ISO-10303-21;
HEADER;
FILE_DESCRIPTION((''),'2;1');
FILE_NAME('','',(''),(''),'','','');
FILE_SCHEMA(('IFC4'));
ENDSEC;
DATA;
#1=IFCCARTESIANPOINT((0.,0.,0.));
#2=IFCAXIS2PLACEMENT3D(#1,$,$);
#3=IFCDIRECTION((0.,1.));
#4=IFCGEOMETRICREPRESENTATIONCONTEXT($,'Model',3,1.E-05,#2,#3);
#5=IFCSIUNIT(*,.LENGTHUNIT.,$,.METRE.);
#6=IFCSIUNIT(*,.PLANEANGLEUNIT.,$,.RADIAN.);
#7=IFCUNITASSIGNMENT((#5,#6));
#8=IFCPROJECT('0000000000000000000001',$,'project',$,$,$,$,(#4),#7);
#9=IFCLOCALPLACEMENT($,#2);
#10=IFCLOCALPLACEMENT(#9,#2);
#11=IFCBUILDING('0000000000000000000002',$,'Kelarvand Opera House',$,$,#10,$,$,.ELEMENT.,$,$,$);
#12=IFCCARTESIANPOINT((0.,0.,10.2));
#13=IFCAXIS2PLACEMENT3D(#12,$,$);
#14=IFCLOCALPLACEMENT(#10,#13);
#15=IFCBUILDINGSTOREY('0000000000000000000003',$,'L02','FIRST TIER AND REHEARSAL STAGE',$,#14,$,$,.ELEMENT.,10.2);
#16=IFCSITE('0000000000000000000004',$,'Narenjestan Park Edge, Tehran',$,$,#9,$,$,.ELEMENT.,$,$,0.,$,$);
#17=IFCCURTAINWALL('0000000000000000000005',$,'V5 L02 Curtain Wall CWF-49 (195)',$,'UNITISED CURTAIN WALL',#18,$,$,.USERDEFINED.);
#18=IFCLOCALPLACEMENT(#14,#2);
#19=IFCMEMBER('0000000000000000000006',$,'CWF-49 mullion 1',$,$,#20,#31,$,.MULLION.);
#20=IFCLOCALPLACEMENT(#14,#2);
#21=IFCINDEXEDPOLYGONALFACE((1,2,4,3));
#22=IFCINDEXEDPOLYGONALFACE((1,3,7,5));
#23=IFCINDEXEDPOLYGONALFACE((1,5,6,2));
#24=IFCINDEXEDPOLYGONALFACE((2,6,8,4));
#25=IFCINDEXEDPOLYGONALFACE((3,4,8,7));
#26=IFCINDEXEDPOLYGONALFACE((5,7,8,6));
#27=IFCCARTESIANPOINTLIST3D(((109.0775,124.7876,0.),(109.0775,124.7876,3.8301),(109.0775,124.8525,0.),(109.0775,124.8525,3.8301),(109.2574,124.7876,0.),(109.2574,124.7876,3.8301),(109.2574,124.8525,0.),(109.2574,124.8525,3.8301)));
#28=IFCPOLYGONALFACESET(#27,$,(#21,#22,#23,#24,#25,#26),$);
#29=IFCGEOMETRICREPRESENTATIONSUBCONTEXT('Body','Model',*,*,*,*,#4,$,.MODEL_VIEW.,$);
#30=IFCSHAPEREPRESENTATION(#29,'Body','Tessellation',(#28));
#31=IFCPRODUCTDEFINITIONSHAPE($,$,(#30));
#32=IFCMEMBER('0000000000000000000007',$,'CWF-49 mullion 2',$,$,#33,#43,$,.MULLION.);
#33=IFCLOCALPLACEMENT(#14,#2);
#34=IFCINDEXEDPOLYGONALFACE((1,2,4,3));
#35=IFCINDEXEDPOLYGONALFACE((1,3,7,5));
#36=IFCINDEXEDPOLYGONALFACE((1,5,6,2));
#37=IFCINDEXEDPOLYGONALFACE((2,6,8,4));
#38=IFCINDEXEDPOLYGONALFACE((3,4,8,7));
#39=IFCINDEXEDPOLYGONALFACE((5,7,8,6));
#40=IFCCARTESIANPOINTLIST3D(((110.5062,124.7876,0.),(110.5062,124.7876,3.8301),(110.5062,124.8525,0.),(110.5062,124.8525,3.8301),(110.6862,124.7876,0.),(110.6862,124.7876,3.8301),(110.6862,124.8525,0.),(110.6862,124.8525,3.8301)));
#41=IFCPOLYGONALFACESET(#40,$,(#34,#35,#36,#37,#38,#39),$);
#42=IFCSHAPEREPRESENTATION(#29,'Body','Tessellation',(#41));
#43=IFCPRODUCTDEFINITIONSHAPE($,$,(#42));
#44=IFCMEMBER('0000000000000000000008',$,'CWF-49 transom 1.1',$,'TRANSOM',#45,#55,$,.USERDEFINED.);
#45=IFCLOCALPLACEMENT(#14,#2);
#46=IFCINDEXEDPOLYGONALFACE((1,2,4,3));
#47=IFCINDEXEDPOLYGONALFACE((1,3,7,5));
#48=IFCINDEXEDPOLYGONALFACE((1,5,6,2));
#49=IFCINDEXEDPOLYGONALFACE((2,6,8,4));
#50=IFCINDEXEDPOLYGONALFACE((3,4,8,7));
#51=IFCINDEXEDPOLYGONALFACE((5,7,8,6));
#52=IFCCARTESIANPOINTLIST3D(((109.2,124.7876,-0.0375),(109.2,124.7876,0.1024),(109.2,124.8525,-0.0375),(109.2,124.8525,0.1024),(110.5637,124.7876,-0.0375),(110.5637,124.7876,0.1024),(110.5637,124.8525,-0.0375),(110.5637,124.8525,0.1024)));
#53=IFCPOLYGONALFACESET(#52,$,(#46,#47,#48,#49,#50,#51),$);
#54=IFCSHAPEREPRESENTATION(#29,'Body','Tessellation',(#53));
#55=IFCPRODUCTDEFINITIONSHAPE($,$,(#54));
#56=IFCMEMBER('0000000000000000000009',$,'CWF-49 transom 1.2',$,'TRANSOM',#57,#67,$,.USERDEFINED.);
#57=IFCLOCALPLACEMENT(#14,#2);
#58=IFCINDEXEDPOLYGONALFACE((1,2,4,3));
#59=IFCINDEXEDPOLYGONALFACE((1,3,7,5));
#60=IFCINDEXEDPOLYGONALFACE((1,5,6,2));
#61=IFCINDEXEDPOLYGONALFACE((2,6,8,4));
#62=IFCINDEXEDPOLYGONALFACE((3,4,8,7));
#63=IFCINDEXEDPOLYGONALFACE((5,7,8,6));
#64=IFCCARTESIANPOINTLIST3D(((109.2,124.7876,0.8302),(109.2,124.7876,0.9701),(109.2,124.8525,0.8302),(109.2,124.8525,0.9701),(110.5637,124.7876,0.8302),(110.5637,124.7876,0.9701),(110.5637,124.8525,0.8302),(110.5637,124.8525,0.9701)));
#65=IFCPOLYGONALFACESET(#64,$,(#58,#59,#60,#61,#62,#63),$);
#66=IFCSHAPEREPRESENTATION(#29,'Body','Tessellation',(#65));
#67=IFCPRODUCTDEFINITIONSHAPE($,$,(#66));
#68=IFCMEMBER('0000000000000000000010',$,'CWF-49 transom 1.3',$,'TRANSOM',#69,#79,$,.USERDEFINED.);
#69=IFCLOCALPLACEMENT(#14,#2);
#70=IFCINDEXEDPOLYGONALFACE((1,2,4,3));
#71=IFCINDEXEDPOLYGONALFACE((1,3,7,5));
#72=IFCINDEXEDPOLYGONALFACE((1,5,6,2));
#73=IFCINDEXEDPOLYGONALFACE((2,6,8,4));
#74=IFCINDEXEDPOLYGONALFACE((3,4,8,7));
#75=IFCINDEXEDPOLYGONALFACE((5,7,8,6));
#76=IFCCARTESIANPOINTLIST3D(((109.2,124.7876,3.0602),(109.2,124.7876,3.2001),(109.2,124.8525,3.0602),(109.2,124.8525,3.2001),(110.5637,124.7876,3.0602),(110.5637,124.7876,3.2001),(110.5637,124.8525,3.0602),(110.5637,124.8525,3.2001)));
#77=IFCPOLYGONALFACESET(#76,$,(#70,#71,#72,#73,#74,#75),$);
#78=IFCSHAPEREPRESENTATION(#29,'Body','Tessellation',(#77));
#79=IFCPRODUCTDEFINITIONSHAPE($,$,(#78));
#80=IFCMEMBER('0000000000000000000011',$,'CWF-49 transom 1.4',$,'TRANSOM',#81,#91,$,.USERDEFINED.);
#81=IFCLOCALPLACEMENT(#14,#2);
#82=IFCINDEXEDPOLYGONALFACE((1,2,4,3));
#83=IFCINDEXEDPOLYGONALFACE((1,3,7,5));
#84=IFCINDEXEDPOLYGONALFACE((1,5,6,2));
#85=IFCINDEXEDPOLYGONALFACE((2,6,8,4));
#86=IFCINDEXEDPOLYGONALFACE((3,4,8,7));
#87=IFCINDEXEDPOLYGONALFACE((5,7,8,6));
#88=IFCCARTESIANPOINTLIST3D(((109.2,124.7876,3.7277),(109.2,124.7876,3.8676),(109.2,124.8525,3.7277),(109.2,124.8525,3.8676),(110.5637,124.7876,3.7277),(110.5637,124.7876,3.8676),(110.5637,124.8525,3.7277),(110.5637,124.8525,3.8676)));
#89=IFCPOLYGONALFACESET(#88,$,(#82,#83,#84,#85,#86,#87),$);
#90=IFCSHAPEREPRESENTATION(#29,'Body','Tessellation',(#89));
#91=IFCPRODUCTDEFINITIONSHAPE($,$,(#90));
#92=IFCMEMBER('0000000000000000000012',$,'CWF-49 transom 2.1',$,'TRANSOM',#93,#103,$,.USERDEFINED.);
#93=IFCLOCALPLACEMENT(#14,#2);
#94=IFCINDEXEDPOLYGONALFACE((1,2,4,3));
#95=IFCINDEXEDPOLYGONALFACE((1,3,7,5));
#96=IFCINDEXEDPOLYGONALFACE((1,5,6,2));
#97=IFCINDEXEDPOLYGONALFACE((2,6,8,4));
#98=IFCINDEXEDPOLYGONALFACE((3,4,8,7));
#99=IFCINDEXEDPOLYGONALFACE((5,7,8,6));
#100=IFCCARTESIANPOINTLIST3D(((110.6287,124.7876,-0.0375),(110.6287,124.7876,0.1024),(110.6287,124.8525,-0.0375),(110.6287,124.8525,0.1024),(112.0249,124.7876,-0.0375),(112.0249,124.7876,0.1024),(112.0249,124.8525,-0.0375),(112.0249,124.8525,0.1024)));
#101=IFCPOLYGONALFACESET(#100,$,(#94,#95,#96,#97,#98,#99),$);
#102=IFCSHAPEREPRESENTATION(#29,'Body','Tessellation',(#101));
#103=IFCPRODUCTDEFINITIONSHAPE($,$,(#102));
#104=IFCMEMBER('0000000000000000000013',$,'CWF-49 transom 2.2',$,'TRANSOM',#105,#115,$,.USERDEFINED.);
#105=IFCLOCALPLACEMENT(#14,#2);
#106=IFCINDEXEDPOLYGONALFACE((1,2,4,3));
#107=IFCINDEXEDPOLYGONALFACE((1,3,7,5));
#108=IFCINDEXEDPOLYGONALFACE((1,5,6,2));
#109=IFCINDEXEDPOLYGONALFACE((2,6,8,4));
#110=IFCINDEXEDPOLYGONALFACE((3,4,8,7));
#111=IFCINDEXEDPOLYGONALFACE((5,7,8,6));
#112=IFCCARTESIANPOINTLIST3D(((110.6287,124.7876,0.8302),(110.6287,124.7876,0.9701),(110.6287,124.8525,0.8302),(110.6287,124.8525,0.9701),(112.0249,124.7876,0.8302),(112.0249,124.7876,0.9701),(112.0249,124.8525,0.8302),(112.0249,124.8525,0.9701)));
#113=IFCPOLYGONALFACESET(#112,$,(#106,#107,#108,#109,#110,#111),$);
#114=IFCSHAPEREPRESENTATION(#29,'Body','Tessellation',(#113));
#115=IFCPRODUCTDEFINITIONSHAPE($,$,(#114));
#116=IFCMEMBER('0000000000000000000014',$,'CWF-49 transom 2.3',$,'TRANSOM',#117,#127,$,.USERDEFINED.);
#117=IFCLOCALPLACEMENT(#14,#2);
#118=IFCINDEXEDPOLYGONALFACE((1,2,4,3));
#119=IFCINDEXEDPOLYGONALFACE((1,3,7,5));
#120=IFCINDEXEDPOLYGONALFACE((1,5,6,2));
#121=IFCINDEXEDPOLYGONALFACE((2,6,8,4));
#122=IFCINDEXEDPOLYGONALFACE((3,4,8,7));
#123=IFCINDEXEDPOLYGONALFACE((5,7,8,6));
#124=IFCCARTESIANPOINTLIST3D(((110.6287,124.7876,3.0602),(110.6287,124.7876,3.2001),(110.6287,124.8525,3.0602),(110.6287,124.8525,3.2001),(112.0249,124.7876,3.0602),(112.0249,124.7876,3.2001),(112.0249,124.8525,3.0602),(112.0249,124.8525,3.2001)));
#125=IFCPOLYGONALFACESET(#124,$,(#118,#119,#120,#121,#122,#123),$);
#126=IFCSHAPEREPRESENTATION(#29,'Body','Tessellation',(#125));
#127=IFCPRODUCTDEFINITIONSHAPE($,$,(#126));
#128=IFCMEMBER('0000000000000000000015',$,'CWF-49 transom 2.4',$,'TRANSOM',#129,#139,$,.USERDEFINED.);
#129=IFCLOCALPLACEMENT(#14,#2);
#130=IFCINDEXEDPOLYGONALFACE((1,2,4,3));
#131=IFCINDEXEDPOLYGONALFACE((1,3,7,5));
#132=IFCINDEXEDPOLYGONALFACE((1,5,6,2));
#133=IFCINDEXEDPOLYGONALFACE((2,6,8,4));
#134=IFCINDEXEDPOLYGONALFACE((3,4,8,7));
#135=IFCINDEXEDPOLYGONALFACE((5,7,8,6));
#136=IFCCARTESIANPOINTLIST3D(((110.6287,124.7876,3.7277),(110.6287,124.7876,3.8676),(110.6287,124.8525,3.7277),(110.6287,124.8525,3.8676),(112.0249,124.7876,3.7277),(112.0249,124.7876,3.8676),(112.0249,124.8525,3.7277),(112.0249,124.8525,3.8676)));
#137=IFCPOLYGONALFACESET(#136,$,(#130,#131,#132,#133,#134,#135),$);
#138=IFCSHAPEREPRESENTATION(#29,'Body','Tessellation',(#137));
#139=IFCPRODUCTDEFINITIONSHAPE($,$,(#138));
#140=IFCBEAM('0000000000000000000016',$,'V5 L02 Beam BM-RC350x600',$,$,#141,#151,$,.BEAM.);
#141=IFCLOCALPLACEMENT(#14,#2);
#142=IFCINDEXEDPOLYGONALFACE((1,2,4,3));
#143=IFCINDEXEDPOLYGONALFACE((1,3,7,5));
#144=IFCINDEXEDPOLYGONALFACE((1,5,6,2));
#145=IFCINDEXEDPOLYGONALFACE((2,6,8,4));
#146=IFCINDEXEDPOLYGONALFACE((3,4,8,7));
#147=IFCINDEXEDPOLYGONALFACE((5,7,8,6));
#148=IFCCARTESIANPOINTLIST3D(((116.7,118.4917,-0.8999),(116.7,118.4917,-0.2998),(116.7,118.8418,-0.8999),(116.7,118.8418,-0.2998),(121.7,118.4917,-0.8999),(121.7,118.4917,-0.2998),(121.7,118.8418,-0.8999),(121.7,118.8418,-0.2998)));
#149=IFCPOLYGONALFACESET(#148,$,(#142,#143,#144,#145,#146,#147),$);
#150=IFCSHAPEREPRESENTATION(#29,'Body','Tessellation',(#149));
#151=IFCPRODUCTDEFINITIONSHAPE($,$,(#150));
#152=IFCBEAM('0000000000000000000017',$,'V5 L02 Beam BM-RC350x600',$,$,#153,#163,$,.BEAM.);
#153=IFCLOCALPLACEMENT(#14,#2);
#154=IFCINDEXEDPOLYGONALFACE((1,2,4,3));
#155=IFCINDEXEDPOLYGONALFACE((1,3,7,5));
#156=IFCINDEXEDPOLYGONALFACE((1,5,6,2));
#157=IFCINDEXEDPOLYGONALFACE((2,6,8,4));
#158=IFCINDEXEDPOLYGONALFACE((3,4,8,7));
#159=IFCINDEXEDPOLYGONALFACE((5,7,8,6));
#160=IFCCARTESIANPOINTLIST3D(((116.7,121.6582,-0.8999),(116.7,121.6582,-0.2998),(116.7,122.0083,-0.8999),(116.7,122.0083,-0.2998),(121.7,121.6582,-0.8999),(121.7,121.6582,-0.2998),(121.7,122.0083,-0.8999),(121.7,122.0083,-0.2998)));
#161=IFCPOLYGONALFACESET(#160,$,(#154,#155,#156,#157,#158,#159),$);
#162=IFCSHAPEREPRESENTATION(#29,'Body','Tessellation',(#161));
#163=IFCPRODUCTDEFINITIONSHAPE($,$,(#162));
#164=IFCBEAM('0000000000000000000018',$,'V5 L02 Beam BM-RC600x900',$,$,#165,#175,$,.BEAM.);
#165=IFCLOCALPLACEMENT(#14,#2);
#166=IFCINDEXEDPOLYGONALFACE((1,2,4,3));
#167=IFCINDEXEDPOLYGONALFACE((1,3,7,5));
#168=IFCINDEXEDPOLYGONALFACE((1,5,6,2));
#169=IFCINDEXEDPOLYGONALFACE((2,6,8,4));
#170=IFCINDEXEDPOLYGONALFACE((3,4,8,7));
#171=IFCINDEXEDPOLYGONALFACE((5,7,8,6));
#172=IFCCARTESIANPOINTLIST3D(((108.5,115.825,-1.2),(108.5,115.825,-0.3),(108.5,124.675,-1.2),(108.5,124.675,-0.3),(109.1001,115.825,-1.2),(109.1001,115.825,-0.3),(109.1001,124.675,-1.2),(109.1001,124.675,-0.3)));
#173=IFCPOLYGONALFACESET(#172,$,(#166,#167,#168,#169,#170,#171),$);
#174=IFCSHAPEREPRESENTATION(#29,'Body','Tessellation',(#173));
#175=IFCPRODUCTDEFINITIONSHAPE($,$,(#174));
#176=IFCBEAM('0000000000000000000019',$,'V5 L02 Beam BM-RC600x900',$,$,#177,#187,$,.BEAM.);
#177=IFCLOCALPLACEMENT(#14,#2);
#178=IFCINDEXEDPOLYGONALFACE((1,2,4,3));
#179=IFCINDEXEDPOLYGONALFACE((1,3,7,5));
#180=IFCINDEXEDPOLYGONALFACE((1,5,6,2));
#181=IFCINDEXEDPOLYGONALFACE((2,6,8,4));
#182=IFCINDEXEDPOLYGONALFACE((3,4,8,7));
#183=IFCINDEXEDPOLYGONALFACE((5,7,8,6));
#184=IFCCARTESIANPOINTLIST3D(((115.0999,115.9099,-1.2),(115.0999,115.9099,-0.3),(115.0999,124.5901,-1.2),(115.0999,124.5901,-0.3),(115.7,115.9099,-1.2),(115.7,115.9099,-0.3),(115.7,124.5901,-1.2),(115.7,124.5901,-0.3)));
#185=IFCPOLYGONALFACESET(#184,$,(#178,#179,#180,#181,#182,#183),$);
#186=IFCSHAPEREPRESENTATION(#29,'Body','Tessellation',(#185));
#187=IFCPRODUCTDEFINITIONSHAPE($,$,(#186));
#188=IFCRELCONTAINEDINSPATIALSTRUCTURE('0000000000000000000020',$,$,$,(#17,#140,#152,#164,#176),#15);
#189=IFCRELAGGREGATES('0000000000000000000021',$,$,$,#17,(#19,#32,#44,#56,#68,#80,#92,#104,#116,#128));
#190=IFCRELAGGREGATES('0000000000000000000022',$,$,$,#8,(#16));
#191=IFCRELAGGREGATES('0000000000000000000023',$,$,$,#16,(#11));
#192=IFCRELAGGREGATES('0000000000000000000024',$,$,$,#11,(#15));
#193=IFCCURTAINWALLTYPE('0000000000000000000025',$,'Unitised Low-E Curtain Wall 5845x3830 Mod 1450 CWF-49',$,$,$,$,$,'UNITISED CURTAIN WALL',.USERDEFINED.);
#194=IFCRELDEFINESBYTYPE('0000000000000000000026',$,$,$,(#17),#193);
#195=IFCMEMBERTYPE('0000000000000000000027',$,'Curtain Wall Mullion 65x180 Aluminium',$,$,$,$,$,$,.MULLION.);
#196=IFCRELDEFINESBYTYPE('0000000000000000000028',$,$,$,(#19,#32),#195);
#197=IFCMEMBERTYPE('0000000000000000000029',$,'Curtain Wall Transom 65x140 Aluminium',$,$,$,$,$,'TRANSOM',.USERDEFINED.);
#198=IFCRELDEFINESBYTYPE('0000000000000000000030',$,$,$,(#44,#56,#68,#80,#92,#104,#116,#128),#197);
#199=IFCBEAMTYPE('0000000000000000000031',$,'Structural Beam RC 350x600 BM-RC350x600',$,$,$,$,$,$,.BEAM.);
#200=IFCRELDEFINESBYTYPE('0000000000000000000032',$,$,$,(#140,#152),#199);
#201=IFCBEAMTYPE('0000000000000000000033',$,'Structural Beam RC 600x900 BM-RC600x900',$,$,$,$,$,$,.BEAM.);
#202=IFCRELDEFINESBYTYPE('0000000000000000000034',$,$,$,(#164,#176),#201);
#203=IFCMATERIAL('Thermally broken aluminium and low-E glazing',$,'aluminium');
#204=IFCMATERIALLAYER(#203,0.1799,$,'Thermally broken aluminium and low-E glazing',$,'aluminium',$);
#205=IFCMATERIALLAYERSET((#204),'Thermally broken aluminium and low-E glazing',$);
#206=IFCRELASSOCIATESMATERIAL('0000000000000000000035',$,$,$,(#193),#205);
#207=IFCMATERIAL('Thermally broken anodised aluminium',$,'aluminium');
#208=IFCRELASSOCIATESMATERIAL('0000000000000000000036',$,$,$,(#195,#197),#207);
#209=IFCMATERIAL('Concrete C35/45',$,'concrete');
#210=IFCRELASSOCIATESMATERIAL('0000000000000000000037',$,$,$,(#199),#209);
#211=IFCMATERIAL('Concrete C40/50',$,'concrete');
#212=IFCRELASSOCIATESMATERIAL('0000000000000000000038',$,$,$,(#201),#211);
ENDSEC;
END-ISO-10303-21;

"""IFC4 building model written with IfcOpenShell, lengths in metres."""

from ifc_helpers import new_model, si_unit, direction, frame, origin, origin_2d, place, context, subcontext, project, spatial, rectangle, extrude, material, layer, layer_set, material_profile, profile_set, type_object, element, aggregate, save


model = new_model("IFC4")

# Units and contexts
model_context = context("Model", 3, precision=1e-05, world=origin(), true_north=direction((0.0, 1.0)))
body_context = subcontext(model_context, "Body", "Model", "MODEL_VIEW")
ifc_project = project(units=[si_unit("LENGTHUNIT", "METRE"), si_unit("PLANEANGLEUNIT", "RADIAN")], contexts=[model_context])

# Site, building, storey
site_placement = place(None, origin())
site = spatial("IfcSite", under=ifc_project, at=site_placement, Name="Narenjestan Park Edge, Tehran", CompositionType="ELEMENT", RefElevation=0.0)
building_placement = place(site_placement, origin())
building = spatial("IfcBuilding", under=site, at=building_placement, Name="Kelarvand Opera House", CompositionType="ELEMENT")
storey_placement = place(building_placement, frame((0.0, 0.0, 10.2)))
storey = spatial("IfcBuildingStorey", under=building, at=storey_placement, Name="L02", Description="FIRST TIER AND REHEARSAL STAGE", CompositionType="ELEMENT", Elevation=10.2)

# Curtain wall, members
ifc_material_1 = material(Name="Thermally broken aluminium and low-E glazing", Category="aluminium")
ifc_layer_1 = layer(ifc_material_1, 0.1799, Name="Thermally broken aluminium and low-E glazing", Category="aluminium")
ifc_layer_set_1 = layer_set([ifc_layer_1], Name="Thermally broken aluminium and low-E glazing")
curtain_wall_type = type_object("IfcCurtainWallType", Name="Unitised Low-E Curtain Wall 5845x3830 Mod 1450 CWF-49", ElementType="UNITISED CURTAIN WALL", PredefinedType="USERDEFINED", material=ifc_layer_set_1)
curtain_wall_placement = place(storey_placement, origin())
curtain_wall = element("IfcCurtainWall", 1, at=curtain_wall_placement, inside=storey, type_object=curtain_wall_type, Name="V5 L02 Curtain Wall CWF-49 (195)", ObjectType="UNITISED CURTAIN WALL", PredefinedType="USERDEFINED")
ifc_material_2 = material(Name="Thermally broken anodised aluminium", Category="aluminium")
ifc_material_profile_1 = material_profile(ifc_material_2, rectangle(XDim=0.0649, YDim=0.1799, at=origin_2d()), Name="ALU MULLION 65x180", Category="aluminium")
ifc_profile_set_1 = profile_set([ifc_material_profile_1], Name="Thermally broken anodised aluminium")
member_type_1 = type_object("IfcMemberType", Name="Curtain Wall Mullion 65x180 Aluminium", PredefinedType="MULLION", material=ifc_profile_set_1)
member_1_placement = place(storey_placement, frame((109.1675, 124.8201, 0.0), z_axis=(0.0, 0.0, 1.0), x_axis=(0.0, 1.0, 0.0)))
member_1 = element("IfcMember", 2, at=member_1_placement, type_object=member_type_1, Name="CWF-49 mullion 1", PredefinedType="MULLION", context=body_context, shape_type="SweptSolid", body=[
    extrude(rectangle(XDim=0.0649, YDim=0.1799, at=origin_2d()), origin(), (0.0, 0.0, 1.0), 3.8301),
])
member_2_placement = place(storey_placement, frame((110.5962, 124.8201, 0.0), z_axis=(0.0, 0.0, 1.0), x_axis=(0.0, 1.0, 0.0)))
member_2 = element("IfcMember", 3, at=member_2_placement, type_object=member_type_1, Name="CWF-49 mullion 2", PredefinedType="MULLION", context=body_context, shape_type="SweptSolid", body=[
    extrude(rectangle(XDim=0.0649, YDim=0.1799, at=origin_2d()), origin(), (0.0, 0.0, 1.0), 3.8301),
])
ifc_material_profile_2 = material_profile(ifc_material_2, rectangle(XDim=0.0649, YDim=0.1399, at=origin_2d()), Name="ALU TRANSOM 65x140", Category="aluminium")
ifc_profile_set_2 = profile_set([ifc_material_profile_2], Name="Thermally broken anodised aluminium")
member_type_2 = type_object("IfcMemberType", Name="Curtain Wall Transom 65x140 Aluminium", ElementType="TRANSOM", PredefinedType="USERDEFINED", material=ifc_profile_set_2)
member_3_placement = place(storey_placement, frame((109.2, 124.8201, 0.0325), z_axis=(1.0, 0.0, 0.0), x_axis=(0.0, 1.0, 0.0)))
member_3 = element("IfcMember", 4, at=member_3_placement, type_object=member_type_2, Name="CWF-49 transom 1.1", ObjectType="TRANSOM", PredefinedType="USERDEFINED", context=body_context, shape_type="SweptSolid", body=[
    extrude(rectangle(XDim=0.0649, YDim=0.1399, at=origin_2d()), origin(), (0.0, 0.0, 1.0), 1.3638),
])
member_4_placement = place(storey_placement, frame((109.2, 124.8201, 0.9001), z_axis=(1.0, 0.0, 0.0), x_axis=(0.0, 1.0, 0.0)))
member_4 = element("IfcMember", 5, at=member_4_placement, type_object=member_type_2, Name="CWF-49 transom 1.2", ObjectType="TRANSOM", PredefinedType="USERDEFINED", context=body_context, shape_type="SweptSolid", body=[
    extrude(rectangle(XDim=0.0649, YDim=0.1399, at=origin_2d()), origin(), (0.0, 0.0, 1.0), 1.3638),
])
member_5_placement = place(storey_placement, frame((109.2, 124.8201, 3.1301), z_axis=(1.0, 0.0, 0.0), x_axis=(0.0, 1.0, 0.0)))
member_5 = element("IfcMember", 6, at=member_5_placement, type_object=member_type_2, Name="CWF-49 transom 1.3", ObjectType="TRANSOM", PredefinedType="USERDEFINED", context=body_context, shape_type="SweptSolid", body=[
    extrude(rectangle(XDim=0.0649, YDim=0.1399, at=origin_2d()), origin(), (0.0, 0.0, 1.0), 1.3638),
])
member_6_placement = place(storey_placement, frame((109.2, 124.8201, 3.7976), z_axis=(1.0, 0.0, 0.0), x_axis=(0.0, 1.0, 0.0)))
member_6 = element("IfcMember", 7, at=member_6_placement, type_object=member_type_2, Name="CWF-49 transom 1.4", ObjectType="TRANSOM", PredefinedType="USERDEFINED", context=body_context, shape_type="SweptSolid", body=[
    extrude(rectangle(XDim=0.0649, YDim=0.1399, at=origin_2d()), origin(), (0.0, 0.0, 1.0), 1.3638),
])
member_7_placement = place(storey_placement, frame((110.6287, 124.8201, 0.0325), z_axis=(1.0, 0.0, 0.0), x_axis=(0.0, 1.0, 0.0)))
member_7 = element("IfcMember", 8, at=member_7_placement, type_object=member_type_2, Name="CWF-49 transom 2.1", ObjectType="TRANSOM", PredefinedType="USERDEFINED", context=body_context, shape_type="SweptSolid", body=[
    extrude(rectangle(XDim=0.0649, YDim=0.1399, at=origin_2d()), origin(), (0.0, 0.0, 1.0), 1.3962),
])
member_8_placement = place(storey_placement, frame((110.6287, 124.8201, 0.9001), z_axis=(1.0, 0.0, 0.0), x_axis=(0.0, 1.0, 0.0)))
member_8 = element("IfcMember", 9, at=member_8_placement, type_object=member_type_2, Name="CWF-49 transom 2.2", ObjectType="TRANSOM", PredefinedType="USERDEFINED", context=body_context, shape_type="SweptSolid", body=[
    extrude(rectangle(XDim=0.0649, YDim=0.1399, at=origin_2d()), origin(), (0.0, 0.0, 1.0), 1.3962),
])
member_9_placement = place(storey_placement, frame((110.6287, 124.8201, 3.1301), z_axis=(1.0, 0.0, 0.0), x_axis=(0.0, 1.0, 0.0)))
member_9 = element("IfcMember", 10, at=member_9_placement, type_object=member_type_2, Name="CWF-49 transom 2.3", ObjectType="TRANSOM", PredefinedType="USERDEFINED", context=body_context, shape_type="SweptSolid", body=[
    extrude(rectangle(XDim=0.0649, YDim=0.1399, at=origin_2d()), origin(), (0.0, 0.0, 1.0), 1.3962),
])
member_10_placement = place(storey_placement, frame((110.6287, 124.8201, 3.7976), z_axis=(1.0, 0.0, 0.0), x_axis=(0.0, 1.0, 0.0)))
member_10 = element("IfcMember", 11, at=member_10_placement, type_object=member_type_2, Name="CWF-49 transom 2.4", ObjectType="TRANSOM", PredefinedType="USERDEFINED", context=body_context, shape_type="SweptSolid", body=[
    extrude(rectangle(XDim=0.0649, YDim=0.1399, at=origin_2d()), origin(), (0.0, 0.0, 1.0), 1.3962),
])

# Beams
ifc_material_3 = material(Name="Concrete C35/45", Category="concrete")
ifc_material_profile_3 = material_profile(ifc_material_3, rectangle(XDim=0.3501, YDim=0.6001, at=origin_2d()), Name="RC 350x600", Category="concrete")
ifc_profile_set_3 = profile_set([ifc_material_profile_3], Name="Concrete C35/45")
beam_type_1 = type_object("IfcBeamType", Name="Structural Beam RC 350x600 BM-RC350x600", PredefinedType="BEAM", material=ifc_profile_set_3)
for number, where, z_axis, x_axis, name in (
    (12, (116.7, 118.6667, -0.5999), (1.0, 0.0, 0.0), (0.0, 1.0, 0.0), "V5 L02 Beam BM-RC350x600"),
    (13, (116.7, 121.8333, -0.5999), (1.0, 0.0, 0.0), (0.0, 1.0, 0.0), "V5 L02 Beam BM-RC350x600"),
):
    element("IfcBeam", number, at=place(storey_placement, frame(where, z_axis=z_axis, x_axis=x_axis)), inside=storey, type_object=beam_type_1, Name=name, PredefinedType="BEAM", context=body_context, shape_type="SweptSolid", body=[
        extrude(rectangle(XDim=0.3501, YDim=0.6001, at=origin_2d()), origin(), (0.0, 0.0, 1.0), 5.0),
    ])
ifc_material_4 = material(Name="Concrete C40/50", Category="concrete")
ifc_material_profile_4 = material_profile(ifc_material_4, rectangle(XDim=0.6001, YDim=0.8999, at=origin_2d()), Name="RC 600x900", Category="concrete")
ifc_profile_set_4 = profile_set([ifc_material_profile_4], Name="Concrete C40/50")
beam_type_2 = type_object("IfcBeamType", Name="Structural Beam RC 600x900 BM-RC600x900", PredefinedType="BEAM", material=ifc_profile_set_4)
beam_placement = place(storey_placement, frame((108.8, 115.825, -0.75), z_axis=(0.0, 1.0, 0.0), x_axis=(-1.0, 0.0, 0.0)))
element("IfcBeam", 14, at=beam_placement, inside=storey, type_object=beam_type_2, Name="V5 L02 Beam BM-RC600x900", PredefinedType="BEAM", context=body_context, shape_type="SweptSolid", body=[
    extrude(rectangle(XDim=0.6001, YDim=0.8999, at=origin_2d()), origin(), (0.0, 0.0, 1.0), 8.8501),
])
for number, where, z_axis, x_axis, name in (
    (15, (115.3999, 115.9099, -0.75), (0.0, 1.0, 0.0), (-1.0, 0.0, 0.0), "V5 L02 Beam BM-RC600x900"),
):
    element("IfcBeam", number, at=place(storey_placement, frame(where, z_axis=z_axis, x_axis=x_axis)), inside=storey, type_object=beam_type_2, Name=name, PredefinedType="BEAM", context=body_context, shape_type="SweptSolid", body=[
        extrude(rectangle(XDim=0.6001, YDim=0.8999, at=origin_2d()), origin(), (0.0, 0.0, 1.0), 8.6802),
    ])

aggregate(curtain_wall, [member_1, member_2, member_3, member_4, member_5, member_6, member_7, member_8, member_9, member_10])

save(model, "model.ifc")
